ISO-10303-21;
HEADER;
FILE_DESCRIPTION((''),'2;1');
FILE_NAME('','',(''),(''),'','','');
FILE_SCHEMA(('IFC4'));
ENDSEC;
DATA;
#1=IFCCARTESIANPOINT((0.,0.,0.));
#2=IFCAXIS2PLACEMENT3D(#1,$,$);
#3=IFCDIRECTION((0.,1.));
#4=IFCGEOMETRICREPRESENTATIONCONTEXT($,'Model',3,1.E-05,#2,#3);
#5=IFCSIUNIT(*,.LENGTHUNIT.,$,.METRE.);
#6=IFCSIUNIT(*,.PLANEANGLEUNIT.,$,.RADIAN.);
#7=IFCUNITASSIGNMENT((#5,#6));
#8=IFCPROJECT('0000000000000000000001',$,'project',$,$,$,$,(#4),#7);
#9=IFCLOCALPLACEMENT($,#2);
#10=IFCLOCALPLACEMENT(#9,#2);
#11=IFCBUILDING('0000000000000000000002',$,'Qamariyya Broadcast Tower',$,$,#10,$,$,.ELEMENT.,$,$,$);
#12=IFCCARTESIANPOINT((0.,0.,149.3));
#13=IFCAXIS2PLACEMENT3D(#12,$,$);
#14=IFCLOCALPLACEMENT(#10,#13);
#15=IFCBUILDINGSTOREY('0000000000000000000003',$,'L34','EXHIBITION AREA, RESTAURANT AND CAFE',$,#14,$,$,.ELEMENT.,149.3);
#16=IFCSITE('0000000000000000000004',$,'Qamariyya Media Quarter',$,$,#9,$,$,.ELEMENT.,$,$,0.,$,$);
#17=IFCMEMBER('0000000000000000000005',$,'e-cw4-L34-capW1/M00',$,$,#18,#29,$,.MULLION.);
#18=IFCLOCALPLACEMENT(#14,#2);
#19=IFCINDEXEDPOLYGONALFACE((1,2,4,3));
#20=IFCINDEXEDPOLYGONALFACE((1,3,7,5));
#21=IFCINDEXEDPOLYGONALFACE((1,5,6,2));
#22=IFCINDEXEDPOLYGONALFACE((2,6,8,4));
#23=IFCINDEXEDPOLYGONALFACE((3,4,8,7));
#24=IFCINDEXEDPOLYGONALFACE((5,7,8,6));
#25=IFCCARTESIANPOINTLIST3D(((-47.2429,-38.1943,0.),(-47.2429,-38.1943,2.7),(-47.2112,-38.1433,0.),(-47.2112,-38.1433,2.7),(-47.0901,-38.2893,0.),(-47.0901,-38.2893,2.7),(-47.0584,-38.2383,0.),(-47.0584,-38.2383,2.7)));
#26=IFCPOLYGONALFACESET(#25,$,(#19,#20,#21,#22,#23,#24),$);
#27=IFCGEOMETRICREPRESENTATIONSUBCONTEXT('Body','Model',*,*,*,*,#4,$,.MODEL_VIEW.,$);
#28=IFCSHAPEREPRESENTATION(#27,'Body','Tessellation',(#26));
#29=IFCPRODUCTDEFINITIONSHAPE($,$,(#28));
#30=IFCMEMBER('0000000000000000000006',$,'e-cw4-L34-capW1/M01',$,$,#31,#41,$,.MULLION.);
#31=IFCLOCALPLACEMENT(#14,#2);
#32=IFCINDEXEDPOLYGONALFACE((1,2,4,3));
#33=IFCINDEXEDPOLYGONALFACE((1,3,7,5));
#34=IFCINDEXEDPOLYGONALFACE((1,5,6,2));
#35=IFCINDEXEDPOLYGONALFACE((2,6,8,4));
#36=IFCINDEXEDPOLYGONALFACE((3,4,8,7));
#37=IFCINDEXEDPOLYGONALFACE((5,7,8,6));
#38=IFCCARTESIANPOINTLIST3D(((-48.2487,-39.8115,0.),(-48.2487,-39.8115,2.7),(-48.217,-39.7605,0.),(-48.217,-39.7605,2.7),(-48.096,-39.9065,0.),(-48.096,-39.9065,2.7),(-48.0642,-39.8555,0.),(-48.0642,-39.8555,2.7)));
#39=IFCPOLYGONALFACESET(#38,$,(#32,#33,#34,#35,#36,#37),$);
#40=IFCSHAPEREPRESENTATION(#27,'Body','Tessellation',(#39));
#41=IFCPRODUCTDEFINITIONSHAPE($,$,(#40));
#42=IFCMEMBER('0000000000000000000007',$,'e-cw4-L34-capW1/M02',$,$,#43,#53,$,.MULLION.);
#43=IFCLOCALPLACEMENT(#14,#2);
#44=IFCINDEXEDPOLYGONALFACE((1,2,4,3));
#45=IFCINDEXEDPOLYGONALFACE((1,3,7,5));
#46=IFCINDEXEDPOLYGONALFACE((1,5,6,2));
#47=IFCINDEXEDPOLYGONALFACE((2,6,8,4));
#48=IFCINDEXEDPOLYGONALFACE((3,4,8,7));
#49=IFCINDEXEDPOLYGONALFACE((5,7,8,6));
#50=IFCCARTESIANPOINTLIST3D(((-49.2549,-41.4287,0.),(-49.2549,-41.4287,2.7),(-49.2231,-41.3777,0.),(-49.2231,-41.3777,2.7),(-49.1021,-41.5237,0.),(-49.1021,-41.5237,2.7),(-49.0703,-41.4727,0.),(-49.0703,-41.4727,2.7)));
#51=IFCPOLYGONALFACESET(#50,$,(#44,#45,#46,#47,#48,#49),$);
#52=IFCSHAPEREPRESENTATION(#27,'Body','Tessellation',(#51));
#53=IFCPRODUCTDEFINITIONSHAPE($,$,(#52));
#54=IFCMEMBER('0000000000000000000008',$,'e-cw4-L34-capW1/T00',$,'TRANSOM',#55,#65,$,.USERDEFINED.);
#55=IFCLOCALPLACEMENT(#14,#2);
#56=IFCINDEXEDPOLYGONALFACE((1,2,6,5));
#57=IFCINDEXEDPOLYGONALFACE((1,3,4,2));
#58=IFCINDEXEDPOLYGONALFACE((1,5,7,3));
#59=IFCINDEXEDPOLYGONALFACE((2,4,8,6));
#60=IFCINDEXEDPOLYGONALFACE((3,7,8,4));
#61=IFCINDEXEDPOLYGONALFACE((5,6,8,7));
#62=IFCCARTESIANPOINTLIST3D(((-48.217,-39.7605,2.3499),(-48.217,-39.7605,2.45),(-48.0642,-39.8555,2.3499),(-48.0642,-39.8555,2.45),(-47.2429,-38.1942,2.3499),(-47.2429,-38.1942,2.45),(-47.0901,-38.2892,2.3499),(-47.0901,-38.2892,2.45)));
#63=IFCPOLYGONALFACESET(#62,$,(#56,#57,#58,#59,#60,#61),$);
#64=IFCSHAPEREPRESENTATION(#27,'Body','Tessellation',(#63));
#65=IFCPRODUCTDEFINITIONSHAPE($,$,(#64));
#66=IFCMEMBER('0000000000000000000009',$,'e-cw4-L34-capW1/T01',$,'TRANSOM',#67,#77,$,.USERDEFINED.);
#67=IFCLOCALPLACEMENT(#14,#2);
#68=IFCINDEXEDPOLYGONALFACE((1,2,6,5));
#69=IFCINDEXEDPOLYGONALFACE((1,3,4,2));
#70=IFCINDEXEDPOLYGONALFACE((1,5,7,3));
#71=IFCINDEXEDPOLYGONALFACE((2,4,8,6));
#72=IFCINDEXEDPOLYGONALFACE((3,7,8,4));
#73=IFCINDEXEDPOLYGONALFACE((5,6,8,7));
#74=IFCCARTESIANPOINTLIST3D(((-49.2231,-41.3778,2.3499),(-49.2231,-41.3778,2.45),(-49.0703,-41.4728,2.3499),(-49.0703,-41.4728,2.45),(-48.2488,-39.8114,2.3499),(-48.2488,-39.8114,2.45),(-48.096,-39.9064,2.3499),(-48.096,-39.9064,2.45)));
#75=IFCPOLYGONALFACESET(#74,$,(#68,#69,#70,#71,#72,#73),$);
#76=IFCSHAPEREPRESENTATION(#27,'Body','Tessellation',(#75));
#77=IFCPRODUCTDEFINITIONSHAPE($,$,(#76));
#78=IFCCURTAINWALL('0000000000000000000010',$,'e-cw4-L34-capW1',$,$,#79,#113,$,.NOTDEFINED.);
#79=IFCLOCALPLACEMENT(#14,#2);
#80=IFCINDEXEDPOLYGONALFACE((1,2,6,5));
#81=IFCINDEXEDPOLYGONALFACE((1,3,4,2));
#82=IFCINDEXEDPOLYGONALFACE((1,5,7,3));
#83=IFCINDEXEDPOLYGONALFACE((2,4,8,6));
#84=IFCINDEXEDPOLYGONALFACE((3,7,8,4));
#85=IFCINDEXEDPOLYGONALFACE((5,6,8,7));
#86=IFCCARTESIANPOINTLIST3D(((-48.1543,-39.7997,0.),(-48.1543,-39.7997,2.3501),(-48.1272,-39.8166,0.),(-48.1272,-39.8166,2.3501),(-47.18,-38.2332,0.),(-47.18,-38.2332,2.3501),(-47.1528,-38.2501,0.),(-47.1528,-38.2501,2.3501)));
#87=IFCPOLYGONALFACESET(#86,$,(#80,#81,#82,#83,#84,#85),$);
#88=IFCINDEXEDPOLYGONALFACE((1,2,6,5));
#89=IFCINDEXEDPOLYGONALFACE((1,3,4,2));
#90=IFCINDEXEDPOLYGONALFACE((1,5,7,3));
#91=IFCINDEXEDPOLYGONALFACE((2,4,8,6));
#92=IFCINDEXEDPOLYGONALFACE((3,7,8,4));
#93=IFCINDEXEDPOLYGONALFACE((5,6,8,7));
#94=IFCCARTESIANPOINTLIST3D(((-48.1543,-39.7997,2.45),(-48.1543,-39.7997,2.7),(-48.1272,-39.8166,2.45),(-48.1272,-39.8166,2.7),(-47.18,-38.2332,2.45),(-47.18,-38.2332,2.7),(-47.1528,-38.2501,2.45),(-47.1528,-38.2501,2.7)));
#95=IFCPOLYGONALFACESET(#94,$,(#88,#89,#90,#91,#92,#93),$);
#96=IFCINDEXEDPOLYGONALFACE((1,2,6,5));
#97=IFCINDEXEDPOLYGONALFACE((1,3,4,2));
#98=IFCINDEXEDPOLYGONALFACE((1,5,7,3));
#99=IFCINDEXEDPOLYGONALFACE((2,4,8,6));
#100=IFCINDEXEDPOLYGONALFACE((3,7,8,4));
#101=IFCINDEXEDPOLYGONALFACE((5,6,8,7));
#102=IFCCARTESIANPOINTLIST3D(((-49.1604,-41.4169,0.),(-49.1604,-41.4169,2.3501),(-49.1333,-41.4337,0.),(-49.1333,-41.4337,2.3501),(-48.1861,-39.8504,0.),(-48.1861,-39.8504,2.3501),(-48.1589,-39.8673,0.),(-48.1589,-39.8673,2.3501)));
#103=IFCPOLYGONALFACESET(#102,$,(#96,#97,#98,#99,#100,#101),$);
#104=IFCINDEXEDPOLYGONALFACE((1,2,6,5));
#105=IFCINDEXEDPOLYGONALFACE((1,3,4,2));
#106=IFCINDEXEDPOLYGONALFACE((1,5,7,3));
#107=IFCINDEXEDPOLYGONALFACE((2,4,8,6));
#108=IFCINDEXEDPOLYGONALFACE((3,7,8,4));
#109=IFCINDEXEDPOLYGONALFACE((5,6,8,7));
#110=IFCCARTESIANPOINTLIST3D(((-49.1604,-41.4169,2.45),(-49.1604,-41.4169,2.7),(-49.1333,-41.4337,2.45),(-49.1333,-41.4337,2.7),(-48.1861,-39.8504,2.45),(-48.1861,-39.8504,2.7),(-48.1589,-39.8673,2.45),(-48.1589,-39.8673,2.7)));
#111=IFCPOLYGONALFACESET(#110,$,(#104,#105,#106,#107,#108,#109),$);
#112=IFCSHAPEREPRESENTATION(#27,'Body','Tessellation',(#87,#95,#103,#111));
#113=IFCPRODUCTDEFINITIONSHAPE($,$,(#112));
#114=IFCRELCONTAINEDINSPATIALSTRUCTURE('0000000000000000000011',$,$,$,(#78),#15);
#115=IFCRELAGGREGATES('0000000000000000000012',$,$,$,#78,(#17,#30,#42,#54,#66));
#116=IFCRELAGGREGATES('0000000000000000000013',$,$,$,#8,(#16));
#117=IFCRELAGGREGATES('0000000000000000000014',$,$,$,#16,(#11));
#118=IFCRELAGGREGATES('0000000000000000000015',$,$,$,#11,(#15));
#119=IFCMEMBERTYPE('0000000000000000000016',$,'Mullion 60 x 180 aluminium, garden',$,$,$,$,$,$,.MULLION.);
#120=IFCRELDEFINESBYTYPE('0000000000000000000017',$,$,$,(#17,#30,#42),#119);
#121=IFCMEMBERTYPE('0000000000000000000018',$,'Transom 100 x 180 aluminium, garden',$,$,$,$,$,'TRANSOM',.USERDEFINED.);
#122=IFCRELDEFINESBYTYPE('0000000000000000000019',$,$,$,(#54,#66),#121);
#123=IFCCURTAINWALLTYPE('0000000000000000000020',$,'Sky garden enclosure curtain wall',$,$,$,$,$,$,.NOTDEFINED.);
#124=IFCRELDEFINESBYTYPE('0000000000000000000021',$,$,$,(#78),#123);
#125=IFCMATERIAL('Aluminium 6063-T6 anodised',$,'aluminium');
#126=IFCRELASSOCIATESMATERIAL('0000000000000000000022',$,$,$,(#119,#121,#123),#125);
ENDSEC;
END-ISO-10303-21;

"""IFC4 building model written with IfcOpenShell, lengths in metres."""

from ifc_helpers import new_model, si_unit, direction, frame, origin, origin_2d, place, context, subcontext, project, spatial, rectangle, extrude, material, material_profile, profile_set, type_object, element, aggregate, save


model = new_model("IFC4")

# Units and contexts
model_context = context("Model", 3, precision=1e-05, world=origin(), true_north=direction((0.0, 1.0)))
body_context = subcontext(model_context, "Body", "Model", "MODEL_VIEW")
ifc_project = project(units=[si_unit("LENGTHUNIT", "METRE"), si_unit("PLANEANGLEUNIT", "RADIAN")], contexts=[model_context])

# Members
ifc_material_1 = material(Name="Aluminium 6063-T6 anodised", Category="aluminium")
ifc_material_profile_1 = material_profile(ifc_material_1, rectangle(XDim=0.1799, YDim=0.0601, at=origin_2d()))
ifc_profile_set_1 = profile_set([ifc_material_profile_1], Name="Aluminium 6063-T6 anodised")
member_type_1 = type_object("IfcMemberType", Name="Mullion 60 x 180 aluminium, garden", PredefinedType="MULLION", material=ifc_profile_set_1)
site_placement = place(None, origin())
building_placement = place(site_placement, origin())
storey_placement = place(building_placement, frame((0.0, 0.0, 149.3)))
member_1_placement = place(storey_placement, frame((-47.1506, -38.2163, 0.0), z_axis=(0.0, 0.0, 1.0), x_axis=(0.84912, -0.5282, 0.0)))
member_1 = element("IfcMember", 1, at=member_1_placement, type_object=member_type_1, Name="e-cw4-L34-capW1/M00", PredefinedType="MULLION", context=body_context, shape_type="SweptSolid", body=[
    extrude(rectangle(XDim=0.1799, YDim=0.0601, at=origin_2d()), origin(), (0.0, 0.0, 1.0), 2.7),
])
member_2_placement = place(storey_placement, frame((-48.1565, -39.8335, 0.0), z_axis=(0.0, 0.0, 1.0), x_axis=(0.84912, -0.5282, 0.0)))
member_2 = element("IfcMember", 2, at=member_2_placement, type_object=member_type_1, Name="e-cw4-L34-capW1/M01", PredefinedType="MULLION", context=body_context, shape_type="SweptSolid", body=[
    extrude(rectangle(XDim=0.1799, YDim=0.0601, at=origin_2d()), origin(), (0.0, 0.0, 1.0), 2.7),
])
member_3_placement = place(storey_placement, frame((-49.1626, -41.4507, 0.0), z_axis=(0.0, 0.0, 1.0), x_axis=(0.84912, -0.5282, 0.0)))
member_3 = element("IfcMember", 3, at=member_3_placement, type_object=member_type_1, Name="e-cw4-L34-capW1/M02", PredefinedType="MULLION", context=body_context, shape_type="SweptSolid", body=[
    extrude(rectangle(XDim=0.1799, YDim=0.0601, at=origin_2d()), origin(), (0.0, 0.0, 1.0), 2.7),
])
ifc_material_profile_2 = material_profile(ifc_material_1, rectangle(XDim=0.1799, YDim=0.1001, at=origin_2d()))
ifc_profile_set_2 = profile_set([ifc_material_profile_2], Name="Aluminium 6063-T6 anodised")
member_type_2 = type_object("IfcMemberType", Name="Transom 100 x 180 aluminium, garden", ElementType="TRANSOM", PredefinedType="USERDEFINED", material=ifc_profile_set_2)
member_4_placement = place(storey_placement, frame((-47.1665, -38.2417, 2.3999), z_axis=(-0.528094, -0.849186, 0.0), x_axis=(0.849186, -0.528094, 0.0)))
member_4 = element("IfcMember", 4, at=member_4_placement, type_object=member_type_2, Name="e-cw4-L34-capW1/T00", ObjectType="TRANSOM", PredefinedType="USERDEFINED", context=body_context, shape_type="SweptSolid", body=[
    extrude(rectangle(XDim=0.1799, YDim=0.1001, at=origin_2d()), origin(), (0.0, 0.0, 1.0), 1.8445),
])
member_5_placement = place(storey_placement, frame((-48.1724, -39.8589, 2.3999), z_axis=(-0.52819, -0.849127, 0.0), x_axis=(0.849127, -0.52819, 0.0)))
member_5 = element("IfcMember", 5, at=member_5_placement, type_object=member_type_2, Name="e-cw4-L34-capW1/T01", ObjectType="TRANSOM", PredefinedType="USERDEFINED", context=body_context, shape_type="SweptSolid", body=[
    extrude(rectangle(XDim=0.1799, YDim=0.1001, at=origin_2d()), origin(), (0.0, 0.0, 1.0), 1.8447),
])

# Site, building, storey
site = spatial("IfcSite", under=ifc_project, at=site_placement, Name="Qamariyya Media Quarter", CompositionType="ELEMENT", RefElevation=0.0)
building = spatial("IfcBuilding", under=site, at=building_placement, Name="Qamariyya Broadcast Tower", CompositionType="ELEMENT")
storey = spatial("IfcBuildingStorey", under=building, at=storey_placement, Name="L34", Description="EXHIBITION AREA, RESTAURANT AND CAFE", CompositionType="ELEMENT", Elevation=149.3)

# Curtain wall
curtain_wall_type_1 = type_object("IfcCurtainWallType", Name="Sky garden enclosure curtain wall", PredefinedType="NOTDEFINED", material=ifc_material_1)
curtain_wall_1_placement = place(storey_placement, origin())
curtain_wall_1 = element("IfcCurtainWall", 6, at=curtain_wall_1_placement, inside=storey, type_object=curtain_wall_type_1, Name="e-cw4-L34-capW1", PredefinedType="NOTDEFINED", context=body_context, shape_type="SweptSolid", body=[
    extrude(rectangle(XDim=1.8447, YDim=0.032, at=origin_2d()), frame((-47.6536, -39.0249, 0.0), x_axis=(-0.528171, -0.849138, 0.0)), (0.0, 0.0, 1.0), 2.3501),
    extrude(rectangle(XDim=1.8447, YDim=0.032, at=origin_2d()), frame((-47.6536, -39.0249, 2.45), x_axis=(-0.528171, -0.849138, 0.0)), (0.0, 0.0, 1.0), 0.25),
    extrude(rectangle(XDim=1.8447, YDim=0.032, at=origin_2d()), frame((-48.6597, -40.6421, 0.0), x_axis=(-0.528171, -0.849138, 0.0)), (0.0, 0.0, 1.0), 2.3501),
    extrude(rectangle(XDim=1.8447, YDim=0.032, at=origin_2d()), frame((-48.6597, -40.6421, 2.45), x_axis=(-0.528171, -0.849138, 0.0)), (0.0, 0.0, 1.0), 0.25),
])
aggregate(curtain_wall_1, [member_1, member_2, member_3, member_4, member_5])

save(model, "model.ifc")
